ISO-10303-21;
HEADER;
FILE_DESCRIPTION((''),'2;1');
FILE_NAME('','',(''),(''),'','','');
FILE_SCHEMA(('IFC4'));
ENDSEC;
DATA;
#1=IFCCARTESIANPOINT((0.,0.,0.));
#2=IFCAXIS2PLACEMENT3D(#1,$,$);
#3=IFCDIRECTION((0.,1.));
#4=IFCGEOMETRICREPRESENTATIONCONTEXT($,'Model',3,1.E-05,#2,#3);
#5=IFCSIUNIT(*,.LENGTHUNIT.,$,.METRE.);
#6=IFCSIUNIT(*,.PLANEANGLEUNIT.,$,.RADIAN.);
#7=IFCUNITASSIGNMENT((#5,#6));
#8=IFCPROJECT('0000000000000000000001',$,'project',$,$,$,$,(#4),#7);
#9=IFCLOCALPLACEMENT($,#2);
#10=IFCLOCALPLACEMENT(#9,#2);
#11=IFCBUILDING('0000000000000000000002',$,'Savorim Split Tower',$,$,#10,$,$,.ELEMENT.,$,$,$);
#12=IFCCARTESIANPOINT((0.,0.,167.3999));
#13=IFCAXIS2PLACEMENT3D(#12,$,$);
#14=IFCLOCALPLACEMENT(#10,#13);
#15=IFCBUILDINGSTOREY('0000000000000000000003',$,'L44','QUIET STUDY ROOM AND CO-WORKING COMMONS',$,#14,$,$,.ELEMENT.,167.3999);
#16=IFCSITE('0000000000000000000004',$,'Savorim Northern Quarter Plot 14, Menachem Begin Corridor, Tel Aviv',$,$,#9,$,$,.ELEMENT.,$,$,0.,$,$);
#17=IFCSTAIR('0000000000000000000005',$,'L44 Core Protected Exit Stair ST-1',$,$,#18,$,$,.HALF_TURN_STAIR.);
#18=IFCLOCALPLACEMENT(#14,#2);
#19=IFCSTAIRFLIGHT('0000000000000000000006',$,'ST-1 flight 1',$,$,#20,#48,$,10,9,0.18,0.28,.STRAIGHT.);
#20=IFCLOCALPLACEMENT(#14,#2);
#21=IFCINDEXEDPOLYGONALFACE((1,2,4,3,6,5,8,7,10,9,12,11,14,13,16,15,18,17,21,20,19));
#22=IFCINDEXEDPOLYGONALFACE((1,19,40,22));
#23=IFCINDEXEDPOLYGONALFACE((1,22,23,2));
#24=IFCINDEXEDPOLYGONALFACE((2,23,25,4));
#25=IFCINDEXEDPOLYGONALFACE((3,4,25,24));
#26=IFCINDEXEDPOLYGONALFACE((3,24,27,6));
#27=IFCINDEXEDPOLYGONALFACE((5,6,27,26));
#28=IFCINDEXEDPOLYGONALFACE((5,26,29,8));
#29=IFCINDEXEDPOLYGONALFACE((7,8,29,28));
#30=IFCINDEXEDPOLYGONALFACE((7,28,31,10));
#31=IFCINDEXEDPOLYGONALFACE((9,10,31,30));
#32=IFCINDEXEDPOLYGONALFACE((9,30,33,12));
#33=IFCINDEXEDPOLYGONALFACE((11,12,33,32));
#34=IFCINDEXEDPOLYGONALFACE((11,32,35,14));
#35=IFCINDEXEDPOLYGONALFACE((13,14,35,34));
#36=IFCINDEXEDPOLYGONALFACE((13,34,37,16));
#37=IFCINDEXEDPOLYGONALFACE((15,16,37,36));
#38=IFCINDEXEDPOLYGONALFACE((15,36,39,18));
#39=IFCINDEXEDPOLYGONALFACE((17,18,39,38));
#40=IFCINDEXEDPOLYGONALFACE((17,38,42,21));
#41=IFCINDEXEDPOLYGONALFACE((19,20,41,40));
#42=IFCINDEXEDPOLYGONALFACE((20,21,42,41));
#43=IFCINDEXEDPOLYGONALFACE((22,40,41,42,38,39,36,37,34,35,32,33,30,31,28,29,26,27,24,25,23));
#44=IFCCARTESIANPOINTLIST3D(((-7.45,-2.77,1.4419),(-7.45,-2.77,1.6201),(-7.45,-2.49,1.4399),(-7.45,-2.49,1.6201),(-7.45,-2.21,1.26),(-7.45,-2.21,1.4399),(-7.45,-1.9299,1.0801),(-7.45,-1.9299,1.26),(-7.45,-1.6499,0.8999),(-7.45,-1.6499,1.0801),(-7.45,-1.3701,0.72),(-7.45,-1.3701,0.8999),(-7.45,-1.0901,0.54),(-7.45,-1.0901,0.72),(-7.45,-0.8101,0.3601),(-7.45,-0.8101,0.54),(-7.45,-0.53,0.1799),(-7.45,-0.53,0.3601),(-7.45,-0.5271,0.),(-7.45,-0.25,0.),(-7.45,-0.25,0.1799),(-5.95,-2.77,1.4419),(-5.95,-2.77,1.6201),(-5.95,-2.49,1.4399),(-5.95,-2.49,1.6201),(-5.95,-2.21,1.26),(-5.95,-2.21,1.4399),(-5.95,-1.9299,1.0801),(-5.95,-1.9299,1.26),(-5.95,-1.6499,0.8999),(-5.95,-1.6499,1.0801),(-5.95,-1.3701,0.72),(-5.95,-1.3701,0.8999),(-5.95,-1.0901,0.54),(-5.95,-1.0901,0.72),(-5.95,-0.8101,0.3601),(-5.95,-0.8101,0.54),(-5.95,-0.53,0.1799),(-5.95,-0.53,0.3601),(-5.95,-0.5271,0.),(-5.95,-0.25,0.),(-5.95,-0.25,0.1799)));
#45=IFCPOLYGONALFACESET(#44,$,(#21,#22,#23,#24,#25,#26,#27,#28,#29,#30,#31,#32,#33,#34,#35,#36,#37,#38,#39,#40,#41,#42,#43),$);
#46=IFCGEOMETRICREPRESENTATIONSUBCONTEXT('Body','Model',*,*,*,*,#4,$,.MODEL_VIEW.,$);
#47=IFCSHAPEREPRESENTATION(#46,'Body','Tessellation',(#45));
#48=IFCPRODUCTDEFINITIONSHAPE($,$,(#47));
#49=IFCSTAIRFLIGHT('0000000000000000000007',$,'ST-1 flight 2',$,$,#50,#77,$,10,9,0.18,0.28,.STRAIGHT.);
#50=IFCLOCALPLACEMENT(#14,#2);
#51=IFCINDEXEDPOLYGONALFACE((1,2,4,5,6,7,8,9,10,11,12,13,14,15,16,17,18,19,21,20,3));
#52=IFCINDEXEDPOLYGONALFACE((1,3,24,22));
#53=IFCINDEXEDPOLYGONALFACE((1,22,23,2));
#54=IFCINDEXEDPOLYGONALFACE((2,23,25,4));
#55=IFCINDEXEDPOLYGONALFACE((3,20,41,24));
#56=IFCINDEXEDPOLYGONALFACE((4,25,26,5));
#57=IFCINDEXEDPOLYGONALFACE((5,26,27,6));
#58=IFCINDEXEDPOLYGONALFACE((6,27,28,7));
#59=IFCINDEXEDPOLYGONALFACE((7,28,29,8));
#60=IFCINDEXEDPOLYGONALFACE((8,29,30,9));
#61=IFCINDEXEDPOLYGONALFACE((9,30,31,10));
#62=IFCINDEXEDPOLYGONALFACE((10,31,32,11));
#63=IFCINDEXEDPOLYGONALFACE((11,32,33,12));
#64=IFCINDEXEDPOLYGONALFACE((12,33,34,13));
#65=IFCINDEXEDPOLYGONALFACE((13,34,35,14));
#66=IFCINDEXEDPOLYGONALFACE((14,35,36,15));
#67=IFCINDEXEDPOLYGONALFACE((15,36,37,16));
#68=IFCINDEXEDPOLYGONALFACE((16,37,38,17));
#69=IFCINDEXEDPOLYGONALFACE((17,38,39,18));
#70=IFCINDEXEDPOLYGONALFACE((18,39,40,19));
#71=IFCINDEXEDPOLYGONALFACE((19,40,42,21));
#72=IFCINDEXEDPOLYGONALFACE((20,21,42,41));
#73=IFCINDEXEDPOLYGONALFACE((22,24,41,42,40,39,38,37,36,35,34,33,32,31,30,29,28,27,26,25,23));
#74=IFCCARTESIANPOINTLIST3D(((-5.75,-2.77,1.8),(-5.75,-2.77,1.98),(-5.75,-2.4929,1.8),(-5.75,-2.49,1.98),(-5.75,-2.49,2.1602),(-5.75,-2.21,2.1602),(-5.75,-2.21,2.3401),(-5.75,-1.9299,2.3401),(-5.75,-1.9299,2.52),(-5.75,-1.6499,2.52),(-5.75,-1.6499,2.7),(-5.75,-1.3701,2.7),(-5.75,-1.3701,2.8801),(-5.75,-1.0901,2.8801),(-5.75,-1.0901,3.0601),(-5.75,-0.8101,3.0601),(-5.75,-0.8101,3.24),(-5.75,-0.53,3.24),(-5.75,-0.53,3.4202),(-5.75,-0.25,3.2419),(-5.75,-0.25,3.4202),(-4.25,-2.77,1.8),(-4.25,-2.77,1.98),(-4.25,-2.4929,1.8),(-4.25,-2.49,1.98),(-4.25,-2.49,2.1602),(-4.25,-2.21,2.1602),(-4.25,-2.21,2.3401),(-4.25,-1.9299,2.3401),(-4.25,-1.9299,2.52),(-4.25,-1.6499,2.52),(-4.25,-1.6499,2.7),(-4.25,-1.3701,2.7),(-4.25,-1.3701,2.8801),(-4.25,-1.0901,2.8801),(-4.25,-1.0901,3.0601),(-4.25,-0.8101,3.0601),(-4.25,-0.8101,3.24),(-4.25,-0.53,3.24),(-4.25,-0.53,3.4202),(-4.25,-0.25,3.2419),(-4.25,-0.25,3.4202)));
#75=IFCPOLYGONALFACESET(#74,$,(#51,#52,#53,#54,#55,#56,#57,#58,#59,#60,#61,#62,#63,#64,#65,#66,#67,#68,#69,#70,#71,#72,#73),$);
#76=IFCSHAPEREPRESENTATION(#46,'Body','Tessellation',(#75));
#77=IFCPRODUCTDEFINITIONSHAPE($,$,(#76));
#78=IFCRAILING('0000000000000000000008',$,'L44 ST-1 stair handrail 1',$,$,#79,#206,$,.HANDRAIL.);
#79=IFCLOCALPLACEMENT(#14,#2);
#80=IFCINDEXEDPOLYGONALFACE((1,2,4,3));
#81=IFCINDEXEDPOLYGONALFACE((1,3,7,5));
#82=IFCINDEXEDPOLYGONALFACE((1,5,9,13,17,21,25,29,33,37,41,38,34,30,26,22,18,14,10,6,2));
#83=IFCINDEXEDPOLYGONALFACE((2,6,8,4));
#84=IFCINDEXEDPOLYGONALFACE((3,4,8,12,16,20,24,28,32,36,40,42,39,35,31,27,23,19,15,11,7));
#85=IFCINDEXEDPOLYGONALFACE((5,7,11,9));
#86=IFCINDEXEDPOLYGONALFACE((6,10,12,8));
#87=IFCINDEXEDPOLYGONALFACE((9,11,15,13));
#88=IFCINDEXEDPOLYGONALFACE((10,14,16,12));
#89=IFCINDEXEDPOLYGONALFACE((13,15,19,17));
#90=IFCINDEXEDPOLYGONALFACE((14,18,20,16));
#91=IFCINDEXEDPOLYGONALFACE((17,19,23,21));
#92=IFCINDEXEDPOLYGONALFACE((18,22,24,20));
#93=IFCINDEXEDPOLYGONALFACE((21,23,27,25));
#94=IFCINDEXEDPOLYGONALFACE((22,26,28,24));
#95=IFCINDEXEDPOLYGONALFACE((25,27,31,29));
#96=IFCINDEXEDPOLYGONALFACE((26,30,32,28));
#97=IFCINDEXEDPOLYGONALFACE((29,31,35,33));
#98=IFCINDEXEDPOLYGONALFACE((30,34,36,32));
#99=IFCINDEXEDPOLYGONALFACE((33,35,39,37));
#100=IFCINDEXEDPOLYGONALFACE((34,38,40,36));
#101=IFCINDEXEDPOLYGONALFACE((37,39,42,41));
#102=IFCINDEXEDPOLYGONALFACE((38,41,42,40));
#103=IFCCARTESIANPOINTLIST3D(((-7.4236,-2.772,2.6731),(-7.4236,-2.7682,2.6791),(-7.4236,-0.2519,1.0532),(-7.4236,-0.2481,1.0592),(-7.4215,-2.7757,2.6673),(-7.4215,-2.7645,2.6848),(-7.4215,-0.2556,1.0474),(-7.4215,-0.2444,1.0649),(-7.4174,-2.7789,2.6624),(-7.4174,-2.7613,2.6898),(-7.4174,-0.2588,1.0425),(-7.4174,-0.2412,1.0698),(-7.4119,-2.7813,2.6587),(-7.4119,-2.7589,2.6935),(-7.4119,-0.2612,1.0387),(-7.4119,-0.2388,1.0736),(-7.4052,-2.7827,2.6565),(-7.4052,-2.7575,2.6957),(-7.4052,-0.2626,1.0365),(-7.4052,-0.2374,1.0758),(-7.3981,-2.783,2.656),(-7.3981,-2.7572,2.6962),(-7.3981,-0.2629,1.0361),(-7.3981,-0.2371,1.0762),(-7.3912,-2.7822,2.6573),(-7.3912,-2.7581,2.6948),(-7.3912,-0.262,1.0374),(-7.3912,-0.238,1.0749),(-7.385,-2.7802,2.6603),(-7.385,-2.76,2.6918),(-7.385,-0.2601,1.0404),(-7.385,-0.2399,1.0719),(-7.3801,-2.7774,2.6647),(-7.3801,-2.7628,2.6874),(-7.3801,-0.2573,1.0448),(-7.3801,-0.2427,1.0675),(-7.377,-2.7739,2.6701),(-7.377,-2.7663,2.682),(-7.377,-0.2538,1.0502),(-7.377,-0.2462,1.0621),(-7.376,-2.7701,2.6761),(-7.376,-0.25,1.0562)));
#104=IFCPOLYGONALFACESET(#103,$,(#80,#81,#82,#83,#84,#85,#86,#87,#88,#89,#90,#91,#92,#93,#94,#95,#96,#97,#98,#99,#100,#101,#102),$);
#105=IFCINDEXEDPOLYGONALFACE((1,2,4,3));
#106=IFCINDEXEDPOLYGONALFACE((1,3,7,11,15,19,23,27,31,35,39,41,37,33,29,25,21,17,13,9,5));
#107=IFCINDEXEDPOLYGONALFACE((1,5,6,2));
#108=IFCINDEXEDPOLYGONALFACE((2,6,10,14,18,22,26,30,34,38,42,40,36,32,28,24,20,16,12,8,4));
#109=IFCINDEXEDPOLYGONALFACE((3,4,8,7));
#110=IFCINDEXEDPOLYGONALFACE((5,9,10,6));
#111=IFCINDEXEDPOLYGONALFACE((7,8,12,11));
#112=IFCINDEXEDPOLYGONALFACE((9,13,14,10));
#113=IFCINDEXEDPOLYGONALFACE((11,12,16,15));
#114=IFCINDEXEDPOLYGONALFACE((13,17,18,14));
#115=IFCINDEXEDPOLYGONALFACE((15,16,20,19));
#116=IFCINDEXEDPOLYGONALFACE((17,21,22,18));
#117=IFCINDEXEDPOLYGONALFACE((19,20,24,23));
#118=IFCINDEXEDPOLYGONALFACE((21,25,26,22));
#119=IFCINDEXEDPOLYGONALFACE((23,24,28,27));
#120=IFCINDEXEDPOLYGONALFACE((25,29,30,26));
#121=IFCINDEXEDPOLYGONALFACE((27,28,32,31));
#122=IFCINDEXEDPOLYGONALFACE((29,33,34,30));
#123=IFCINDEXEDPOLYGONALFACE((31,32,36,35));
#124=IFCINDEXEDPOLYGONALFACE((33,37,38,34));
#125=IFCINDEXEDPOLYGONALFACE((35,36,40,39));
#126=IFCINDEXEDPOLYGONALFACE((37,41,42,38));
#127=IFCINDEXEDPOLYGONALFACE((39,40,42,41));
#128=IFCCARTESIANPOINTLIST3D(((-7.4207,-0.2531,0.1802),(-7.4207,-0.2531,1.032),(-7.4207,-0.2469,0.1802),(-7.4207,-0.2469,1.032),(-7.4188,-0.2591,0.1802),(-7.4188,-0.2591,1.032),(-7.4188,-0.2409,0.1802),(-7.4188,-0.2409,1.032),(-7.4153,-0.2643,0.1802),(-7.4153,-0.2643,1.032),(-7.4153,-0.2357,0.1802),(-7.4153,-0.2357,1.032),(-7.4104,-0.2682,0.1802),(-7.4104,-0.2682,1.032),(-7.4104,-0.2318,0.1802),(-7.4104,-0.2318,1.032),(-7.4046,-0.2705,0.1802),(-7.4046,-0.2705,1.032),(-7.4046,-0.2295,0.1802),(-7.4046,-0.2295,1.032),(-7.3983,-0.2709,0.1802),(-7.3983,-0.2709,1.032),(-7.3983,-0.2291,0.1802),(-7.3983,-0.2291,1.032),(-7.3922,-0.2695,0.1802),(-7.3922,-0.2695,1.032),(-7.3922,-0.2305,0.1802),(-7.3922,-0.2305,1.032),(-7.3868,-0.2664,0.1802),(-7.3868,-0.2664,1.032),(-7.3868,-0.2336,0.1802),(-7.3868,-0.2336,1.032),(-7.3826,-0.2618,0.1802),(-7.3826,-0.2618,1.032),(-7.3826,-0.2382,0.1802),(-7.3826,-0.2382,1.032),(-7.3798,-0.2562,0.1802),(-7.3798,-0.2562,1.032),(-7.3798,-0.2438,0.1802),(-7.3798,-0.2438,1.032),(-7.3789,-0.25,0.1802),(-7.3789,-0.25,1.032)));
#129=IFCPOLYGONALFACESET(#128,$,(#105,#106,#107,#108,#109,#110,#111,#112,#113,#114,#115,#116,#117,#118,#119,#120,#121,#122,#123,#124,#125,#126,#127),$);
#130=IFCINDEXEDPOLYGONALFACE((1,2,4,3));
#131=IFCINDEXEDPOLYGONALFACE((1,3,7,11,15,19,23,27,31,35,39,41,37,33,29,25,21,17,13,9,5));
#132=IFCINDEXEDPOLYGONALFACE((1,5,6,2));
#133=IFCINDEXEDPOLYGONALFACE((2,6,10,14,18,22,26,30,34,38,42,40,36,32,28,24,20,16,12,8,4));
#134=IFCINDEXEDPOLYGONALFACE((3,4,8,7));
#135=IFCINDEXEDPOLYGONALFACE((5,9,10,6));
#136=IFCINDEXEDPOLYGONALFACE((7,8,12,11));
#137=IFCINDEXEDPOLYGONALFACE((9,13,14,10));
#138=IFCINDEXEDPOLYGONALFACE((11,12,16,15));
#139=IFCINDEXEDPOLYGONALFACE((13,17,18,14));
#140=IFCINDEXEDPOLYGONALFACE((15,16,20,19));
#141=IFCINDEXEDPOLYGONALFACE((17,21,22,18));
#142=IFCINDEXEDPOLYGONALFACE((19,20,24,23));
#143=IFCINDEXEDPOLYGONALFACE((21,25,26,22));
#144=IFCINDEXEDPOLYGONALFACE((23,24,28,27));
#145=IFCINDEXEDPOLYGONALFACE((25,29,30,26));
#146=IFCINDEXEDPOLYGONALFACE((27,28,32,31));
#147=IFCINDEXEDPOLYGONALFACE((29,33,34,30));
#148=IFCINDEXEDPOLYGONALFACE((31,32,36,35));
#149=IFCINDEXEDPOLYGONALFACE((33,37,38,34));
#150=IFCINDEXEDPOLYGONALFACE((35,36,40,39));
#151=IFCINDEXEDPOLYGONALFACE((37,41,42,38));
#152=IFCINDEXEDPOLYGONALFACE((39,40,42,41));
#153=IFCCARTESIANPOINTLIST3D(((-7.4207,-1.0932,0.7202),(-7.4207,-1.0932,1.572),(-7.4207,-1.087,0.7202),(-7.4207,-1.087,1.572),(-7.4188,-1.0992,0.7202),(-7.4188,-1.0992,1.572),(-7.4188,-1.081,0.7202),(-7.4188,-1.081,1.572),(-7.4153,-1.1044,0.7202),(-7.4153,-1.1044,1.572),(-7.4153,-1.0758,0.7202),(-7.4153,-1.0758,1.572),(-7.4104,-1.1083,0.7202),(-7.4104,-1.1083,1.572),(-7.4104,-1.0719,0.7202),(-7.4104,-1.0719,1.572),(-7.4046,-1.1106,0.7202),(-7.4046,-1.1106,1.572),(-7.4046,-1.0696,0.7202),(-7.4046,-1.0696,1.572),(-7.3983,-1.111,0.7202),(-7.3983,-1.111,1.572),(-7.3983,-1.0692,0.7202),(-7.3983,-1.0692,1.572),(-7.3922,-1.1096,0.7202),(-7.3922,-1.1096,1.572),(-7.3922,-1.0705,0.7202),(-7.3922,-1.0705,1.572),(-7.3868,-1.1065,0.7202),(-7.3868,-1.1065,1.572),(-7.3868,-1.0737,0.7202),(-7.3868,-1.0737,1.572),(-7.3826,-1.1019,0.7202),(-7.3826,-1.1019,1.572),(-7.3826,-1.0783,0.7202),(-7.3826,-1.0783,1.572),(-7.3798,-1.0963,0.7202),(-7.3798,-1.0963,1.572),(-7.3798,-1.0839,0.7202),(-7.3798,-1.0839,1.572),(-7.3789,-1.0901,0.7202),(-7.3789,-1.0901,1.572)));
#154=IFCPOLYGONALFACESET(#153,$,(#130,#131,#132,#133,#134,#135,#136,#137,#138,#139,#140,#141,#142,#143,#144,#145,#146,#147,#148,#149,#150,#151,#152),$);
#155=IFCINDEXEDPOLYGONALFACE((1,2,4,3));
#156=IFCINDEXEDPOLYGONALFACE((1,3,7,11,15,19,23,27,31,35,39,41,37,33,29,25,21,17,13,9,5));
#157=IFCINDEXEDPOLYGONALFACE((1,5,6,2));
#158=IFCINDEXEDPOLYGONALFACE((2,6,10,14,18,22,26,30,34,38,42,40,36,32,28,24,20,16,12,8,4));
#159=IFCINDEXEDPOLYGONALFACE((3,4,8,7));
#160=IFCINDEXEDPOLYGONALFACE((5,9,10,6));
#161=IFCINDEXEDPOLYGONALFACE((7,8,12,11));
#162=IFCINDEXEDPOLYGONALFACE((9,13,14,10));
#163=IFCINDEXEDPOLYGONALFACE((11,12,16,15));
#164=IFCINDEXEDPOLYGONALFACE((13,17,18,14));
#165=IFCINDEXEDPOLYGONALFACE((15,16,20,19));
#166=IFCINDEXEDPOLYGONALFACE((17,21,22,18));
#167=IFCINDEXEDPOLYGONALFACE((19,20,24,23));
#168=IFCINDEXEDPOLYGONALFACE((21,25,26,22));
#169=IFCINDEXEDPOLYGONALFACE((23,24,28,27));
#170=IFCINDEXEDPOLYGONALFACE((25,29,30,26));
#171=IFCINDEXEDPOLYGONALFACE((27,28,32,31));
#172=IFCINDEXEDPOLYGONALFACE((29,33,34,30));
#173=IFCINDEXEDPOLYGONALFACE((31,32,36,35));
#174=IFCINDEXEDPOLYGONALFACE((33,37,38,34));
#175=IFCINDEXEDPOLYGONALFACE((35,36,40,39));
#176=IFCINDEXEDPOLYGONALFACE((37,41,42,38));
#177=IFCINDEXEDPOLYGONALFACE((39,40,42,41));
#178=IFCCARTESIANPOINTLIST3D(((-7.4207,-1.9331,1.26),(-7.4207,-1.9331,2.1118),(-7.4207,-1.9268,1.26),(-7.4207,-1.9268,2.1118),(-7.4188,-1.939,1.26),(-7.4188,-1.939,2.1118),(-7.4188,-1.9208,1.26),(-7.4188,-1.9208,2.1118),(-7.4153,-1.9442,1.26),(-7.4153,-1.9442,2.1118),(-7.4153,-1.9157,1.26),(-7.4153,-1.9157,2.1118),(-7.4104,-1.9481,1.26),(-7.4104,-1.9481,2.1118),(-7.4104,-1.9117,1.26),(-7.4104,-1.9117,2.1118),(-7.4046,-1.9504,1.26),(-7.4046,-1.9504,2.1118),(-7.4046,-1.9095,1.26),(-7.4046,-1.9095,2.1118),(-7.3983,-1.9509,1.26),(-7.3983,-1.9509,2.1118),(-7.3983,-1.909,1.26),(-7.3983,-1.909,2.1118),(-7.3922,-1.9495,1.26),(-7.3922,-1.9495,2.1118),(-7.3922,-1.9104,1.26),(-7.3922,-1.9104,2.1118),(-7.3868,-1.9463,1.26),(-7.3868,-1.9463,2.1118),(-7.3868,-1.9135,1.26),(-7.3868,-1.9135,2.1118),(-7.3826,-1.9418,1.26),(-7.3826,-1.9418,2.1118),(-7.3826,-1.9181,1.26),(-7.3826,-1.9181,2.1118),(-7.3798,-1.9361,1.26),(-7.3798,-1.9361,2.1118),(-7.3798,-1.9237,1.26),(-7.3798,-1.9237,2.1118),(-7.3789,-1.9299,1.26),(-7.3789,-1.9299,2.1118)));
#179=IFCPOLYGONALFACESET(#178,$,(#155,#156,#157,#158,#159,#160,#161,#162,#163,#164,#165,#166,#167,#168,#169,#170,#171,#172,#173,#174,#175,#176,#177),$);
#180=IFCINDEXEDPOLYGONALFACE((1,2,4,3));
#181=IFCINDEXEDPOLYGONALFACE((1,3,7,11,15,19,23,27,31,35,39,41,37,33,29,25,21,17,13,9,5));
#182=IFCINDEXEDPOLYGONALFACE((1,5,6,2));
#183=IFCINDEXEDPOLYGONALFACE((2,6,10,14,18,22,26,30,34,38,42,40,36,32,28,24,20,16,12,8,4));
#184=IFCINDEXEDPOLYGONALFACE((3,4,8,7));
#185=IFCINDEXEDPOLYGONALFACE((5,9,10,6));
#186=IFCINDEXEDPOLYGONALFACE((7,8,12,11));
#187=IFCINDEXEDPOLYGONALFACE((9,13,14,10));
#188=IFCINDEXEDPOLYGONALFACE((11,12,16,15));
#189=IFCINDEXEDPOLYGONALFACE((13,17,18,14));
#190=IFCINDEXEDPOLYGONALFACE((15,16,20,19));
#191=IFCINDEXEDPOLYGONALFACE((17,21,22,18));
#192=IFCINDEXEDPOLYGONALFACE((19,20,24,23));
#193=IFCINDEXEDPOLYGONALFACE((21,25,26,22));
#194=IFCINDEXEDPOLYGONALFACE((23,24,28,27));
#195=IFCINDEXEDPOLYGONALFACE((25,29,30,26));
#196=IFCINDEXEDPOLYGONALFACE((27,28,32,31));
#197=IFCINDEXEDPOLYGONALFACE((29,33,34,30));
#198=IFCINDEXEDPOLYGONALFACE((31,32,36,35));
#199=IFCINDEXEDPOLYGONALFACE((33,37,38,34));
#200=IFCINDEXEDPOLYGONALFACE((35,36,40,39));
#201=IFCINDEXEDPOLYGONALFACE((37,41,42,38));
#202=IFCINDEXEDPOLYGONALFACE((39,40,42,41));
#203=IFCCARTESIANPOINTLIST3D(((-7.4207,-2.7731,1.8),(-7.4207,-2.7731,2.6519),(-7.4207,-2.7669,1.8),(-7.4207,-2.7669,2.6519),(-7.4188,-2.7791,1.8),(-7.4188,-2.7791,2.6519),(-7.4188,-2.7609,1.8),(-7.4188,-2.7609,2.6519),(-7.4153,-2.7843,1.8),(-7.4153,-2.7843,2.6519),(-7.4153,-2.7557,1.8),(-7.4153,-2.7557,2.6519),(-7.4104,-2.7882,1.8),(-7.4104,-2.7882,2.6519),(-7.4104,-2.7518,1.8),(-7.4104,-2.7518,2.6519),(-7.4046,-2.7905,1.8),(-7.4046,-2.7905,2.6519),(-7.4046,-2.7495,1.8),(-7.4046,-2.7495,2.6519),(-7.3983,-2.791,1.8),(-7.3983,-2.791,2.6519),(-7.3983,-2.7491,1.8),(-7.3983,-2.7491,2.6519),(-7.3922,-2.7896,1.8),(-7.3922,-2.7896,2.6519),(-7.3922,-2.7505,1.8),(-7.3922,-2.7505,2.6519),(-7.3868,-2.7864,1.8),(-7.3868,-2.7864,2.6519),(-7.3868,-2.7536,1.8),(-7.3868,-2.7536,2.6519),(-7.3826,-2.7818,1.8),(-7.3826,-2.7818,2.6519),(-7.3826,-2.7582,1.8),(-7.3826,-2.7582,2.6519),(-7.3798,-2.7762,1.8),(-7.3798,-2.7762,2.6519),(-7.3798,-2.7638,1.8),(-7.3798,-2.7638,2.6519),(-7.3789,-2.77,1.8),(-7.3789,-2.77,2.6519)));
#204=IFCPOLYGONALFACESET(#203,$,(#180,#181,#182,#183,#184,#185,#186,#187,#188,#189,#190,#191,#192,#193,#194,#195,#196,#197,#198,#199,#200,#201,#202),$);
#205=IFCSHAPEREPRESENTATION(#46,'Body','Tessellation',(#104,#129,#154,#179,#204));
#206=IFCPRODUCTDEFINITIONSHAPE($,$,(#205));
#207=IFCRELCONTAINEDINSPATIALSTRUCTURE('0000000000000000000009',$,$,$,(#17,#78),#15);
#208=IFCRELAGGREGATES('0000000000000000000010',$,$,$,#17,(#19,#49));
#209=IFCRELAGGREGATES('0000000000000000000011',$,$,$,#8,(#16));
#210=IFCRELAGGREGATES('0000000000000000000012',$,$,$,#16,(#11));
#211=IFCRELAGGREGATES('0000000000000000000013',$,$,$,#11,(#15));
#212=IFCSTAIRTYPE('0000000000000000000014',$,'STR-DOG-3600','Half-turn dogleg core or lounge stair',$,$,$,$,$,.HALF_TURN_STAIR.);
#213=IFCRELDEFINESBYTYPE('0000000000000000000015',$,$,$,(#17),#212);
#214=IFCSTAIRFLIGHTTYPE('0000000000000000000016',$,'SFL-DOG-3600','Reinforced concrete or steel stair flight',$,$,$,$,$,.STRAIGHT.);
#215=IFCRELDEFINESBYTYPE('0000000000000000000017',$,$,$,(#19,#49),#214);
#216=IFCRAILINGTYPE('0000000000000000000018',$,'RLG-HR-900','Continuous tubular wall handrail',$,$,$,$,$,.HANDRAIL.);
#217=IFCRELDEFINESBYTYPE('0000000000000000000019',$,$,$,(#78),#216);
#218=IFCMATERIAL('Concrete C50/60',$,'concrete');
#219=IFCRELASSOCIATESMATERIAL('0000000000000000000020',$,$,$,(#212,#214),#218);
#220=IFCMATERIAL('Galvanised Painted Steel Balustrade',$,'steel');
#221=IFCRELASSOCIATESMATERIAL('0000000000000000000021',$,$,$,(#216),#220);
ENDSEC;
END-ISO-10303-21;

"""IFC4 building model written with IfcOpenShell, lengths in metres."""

from ifc_helpers import new_model, si_unit, direction, frame, origin, origin_2d, place, context, subcontext, project, spatial, polyline, circle, outline, extrude, material, type_object, element, aggregate, save


model = new_model("IFC4")

# Units and contexts
model_context = context("Model", 3, precision=1e-05, world=origin(), true_north=direction((0.0, 1.0)))
body_context = subcontext(model_context, "Body", "Model", "MODEL_VIEW")
ifc_project = project(units=[si_unit("LENGTHUNIT", "METRE"), si_unit("PLANEANGLEUNIT", "RADIAN")], contexts=[model_context])

# Site, building, storey
site_placement = place(None, origin())
site = spatial("IfcSite", under=ifc_project, at=site_placement, Name="Savorim Northern Quarter Plot 14, Menachem Begin Corridor, Tel Aviv", CompositionType="ELEMENT", RefElevation=0.0)
building_placement = place(site_placement, origin())
building = spatial("IfcBuilding", under=site, at=building_placement, Name="Savorim Split Tower", CompositionType="ELEMENT")
storey_placement = place(building_placement, frame((0.0, 0.0, 167.3999)))
storey = spatial("IfcBuildingStorey", under=building, at=storey_placement, Name="L44", Description="QUIET STUDY ROOM AND CO-WORKING COMMONS", CompositionType="ELEMENT", Elevation=167.3999)

# Shared definitions
ifc_material_1 = material(Name="Concrete C50/60", Category="concrete")

# Stair, stair flights
stair_type = type_object("IfcStairType", Name="STR-DOG-3600", Description="Half-turn dogleg core or lounge stair", PredefinedType="HALF_TURN_STAIR", material=ifc_material_1)
stair_placement = place(storey_placement, origin())
stair = element("IfcStair", 1, at=stair_placement, inside=storey, type_object=stair_type, Name="L44 Core Protected Exit Stair ST-1", PredefinedType="HALF_TURN_STAIR")
stair_flight_type = type_object("IfcStairFlightType", Name="SFL-DOG-3600", Description="Reinforced concrete or steel stair flight", PredefinedType="STRAIGHT", material=ifc_material_1)
stair_flight_1_placement = place(storey_placement, frame((-6.7, -0.25, 0.0), z_axis=(0.0, 0.0, 1.0), x_axis=(0.0, -1.0, 0.0)))
stair_flight_1 = element("IfcStairFlight", 2, at=stair_flight_1_placement, type_object=stair_flight_type, Name="ST-1 flight 1", NumberOfRisers=10, NumberOfTreads=9, PredefinedType="STRAIGHT", RiserHeight=0.18, TreadLength=0.28, context=body_context, shape_type="SweptSolid", body=[
    extrude(outline(polyline([(0.0, 0.0), (0.0, 0.1799), (0.28, 0.1799), (0.28, 0.3601), (0.5601, 0.3601), (0.5601, 0.54), (0.8401, 0.54), (0.8401, 0.72), (1.1201, 0.72), (1.1201, 0.8999), (1.3999, 0.8999), (1.3999, 1.0801), (1.6799, 1.0801), (1.6799, 1.26), (1.96, 1.26), (1.96, 1.4399), (2.24, 1.4399), (2.24, 1.6201), (2.52, 1.6201), (2.52, 1.8), (2.52, 1.4419), (0.2771, 0.0), (0.0, 0.0)])), frame((0.0, 0.75, 0.0), z_axis=(0.0, -1.0, 0.0), x_axis=(1.0, 0.0, 0.0)), (0.0, 0.0, 1.0), 1.5),
])
stair_flight_2_placement = place(storey_placement, frame((-5.0, -2.77, 1.8), z_axis=(0.0, 0.0, 1.0), x_axis=(0.0, 1.0, 0.0)))
stair_flight_2 = element("IfcStairFlight", 3, at=stair_flight_2_placement, type_object=stair_flight_type, Name="ST-1 flight 2", NumberOfRisers=10, NumberOfTreads=9, PredefinedType="STRAIGHT", RiserHeight=0.18, TreadLength=0.28, context=body_context, shape_type="SweptSolid", body=[
    extrude(outline(polyline([(0.0, 0.0), (0.0, 0.1799), (0.28, 0.1799), (0.28, 0.3601), (0.5601, 0.3601), (0.5601, 0.54), (0.8401, 0.54), (0.8401, 0.72), (1.1201, 0.72), (1.1201, 0.8999), (1.3999, 0.8999), (1.3999, 1.0801), (1.6799, 1.0801), (1.6799, 1.26), (1.96, 1.26), (1.96, 1.4399), (2.24, 1.4399), (2.24, 1.6201), (2.52, 1.6201), (2.52, 1.8), (2.52, 1.4419), (0.2771, 0.0), (0.0, 0.0)])), frame((0.0, 0.75, 0.0), z_axis=(0.0, -1.0, 0.0), x_axis=(1.0, 0.0, 0.0)), (0.0, 0.0, 1.0), 1.5),
])
aggregate(stair, [stair_flight_1, stair_flight_2])

# Railing
ifc_material_2 = material(Name="Galvanised Painted Steel Balustrade", Category="steel")
railing_type_1 = type_object("IfcRailingType", Name="RLG-HR-900", Description="Continuous tubular wall handrail", PredefinedType="HANDRAIL", material=ifc_material_2)
railing_1_placement = place(storey_placement, frame((-7.3999, -0.25, 0.1802)))
element("IfcRailing", 4, at=railing_1_placement, inside=storey, type_object=railing_type_1, Name="L44 ST-1 stair handrail 1", PredefinedType="HANDRAIL", context=body_context, shape_type="SweptSolid", body=[
    extrude(circle(Radius=0.0239, at=origin_2d()), frame((0.0, 0.0, 0.876), z_axis=(0.0, -0.8412, 0.540725), x_axis=(1.0, 0.0, 0.0)), (0.0, 0.0, 1.0), 2.9958),
    extrude(circle(Radius=0.021, at=origin_2d()), origin(), (0.0, 0.0, 1.0), 0.8518),
    extrude(circle(Radius=0.021, at=origin_2d()), frame((0.0, -0.8401, 0.54)), (0.0, 0.0, 1.0), 0.8518),
    extrude(circle(Radius=0.021, at=origin_2d()), frame((0.0, -1.6799, 1.0798)), (0.0, 0.0, 1.0), 0.8518),
    extrude(circle(Radius=0.021, at=origin_2d()), frame((0.0, -2.52, 1.6199)), (0.0, 0.0, 1.0), 0.8518),
])

save(model, "model.ifc")
